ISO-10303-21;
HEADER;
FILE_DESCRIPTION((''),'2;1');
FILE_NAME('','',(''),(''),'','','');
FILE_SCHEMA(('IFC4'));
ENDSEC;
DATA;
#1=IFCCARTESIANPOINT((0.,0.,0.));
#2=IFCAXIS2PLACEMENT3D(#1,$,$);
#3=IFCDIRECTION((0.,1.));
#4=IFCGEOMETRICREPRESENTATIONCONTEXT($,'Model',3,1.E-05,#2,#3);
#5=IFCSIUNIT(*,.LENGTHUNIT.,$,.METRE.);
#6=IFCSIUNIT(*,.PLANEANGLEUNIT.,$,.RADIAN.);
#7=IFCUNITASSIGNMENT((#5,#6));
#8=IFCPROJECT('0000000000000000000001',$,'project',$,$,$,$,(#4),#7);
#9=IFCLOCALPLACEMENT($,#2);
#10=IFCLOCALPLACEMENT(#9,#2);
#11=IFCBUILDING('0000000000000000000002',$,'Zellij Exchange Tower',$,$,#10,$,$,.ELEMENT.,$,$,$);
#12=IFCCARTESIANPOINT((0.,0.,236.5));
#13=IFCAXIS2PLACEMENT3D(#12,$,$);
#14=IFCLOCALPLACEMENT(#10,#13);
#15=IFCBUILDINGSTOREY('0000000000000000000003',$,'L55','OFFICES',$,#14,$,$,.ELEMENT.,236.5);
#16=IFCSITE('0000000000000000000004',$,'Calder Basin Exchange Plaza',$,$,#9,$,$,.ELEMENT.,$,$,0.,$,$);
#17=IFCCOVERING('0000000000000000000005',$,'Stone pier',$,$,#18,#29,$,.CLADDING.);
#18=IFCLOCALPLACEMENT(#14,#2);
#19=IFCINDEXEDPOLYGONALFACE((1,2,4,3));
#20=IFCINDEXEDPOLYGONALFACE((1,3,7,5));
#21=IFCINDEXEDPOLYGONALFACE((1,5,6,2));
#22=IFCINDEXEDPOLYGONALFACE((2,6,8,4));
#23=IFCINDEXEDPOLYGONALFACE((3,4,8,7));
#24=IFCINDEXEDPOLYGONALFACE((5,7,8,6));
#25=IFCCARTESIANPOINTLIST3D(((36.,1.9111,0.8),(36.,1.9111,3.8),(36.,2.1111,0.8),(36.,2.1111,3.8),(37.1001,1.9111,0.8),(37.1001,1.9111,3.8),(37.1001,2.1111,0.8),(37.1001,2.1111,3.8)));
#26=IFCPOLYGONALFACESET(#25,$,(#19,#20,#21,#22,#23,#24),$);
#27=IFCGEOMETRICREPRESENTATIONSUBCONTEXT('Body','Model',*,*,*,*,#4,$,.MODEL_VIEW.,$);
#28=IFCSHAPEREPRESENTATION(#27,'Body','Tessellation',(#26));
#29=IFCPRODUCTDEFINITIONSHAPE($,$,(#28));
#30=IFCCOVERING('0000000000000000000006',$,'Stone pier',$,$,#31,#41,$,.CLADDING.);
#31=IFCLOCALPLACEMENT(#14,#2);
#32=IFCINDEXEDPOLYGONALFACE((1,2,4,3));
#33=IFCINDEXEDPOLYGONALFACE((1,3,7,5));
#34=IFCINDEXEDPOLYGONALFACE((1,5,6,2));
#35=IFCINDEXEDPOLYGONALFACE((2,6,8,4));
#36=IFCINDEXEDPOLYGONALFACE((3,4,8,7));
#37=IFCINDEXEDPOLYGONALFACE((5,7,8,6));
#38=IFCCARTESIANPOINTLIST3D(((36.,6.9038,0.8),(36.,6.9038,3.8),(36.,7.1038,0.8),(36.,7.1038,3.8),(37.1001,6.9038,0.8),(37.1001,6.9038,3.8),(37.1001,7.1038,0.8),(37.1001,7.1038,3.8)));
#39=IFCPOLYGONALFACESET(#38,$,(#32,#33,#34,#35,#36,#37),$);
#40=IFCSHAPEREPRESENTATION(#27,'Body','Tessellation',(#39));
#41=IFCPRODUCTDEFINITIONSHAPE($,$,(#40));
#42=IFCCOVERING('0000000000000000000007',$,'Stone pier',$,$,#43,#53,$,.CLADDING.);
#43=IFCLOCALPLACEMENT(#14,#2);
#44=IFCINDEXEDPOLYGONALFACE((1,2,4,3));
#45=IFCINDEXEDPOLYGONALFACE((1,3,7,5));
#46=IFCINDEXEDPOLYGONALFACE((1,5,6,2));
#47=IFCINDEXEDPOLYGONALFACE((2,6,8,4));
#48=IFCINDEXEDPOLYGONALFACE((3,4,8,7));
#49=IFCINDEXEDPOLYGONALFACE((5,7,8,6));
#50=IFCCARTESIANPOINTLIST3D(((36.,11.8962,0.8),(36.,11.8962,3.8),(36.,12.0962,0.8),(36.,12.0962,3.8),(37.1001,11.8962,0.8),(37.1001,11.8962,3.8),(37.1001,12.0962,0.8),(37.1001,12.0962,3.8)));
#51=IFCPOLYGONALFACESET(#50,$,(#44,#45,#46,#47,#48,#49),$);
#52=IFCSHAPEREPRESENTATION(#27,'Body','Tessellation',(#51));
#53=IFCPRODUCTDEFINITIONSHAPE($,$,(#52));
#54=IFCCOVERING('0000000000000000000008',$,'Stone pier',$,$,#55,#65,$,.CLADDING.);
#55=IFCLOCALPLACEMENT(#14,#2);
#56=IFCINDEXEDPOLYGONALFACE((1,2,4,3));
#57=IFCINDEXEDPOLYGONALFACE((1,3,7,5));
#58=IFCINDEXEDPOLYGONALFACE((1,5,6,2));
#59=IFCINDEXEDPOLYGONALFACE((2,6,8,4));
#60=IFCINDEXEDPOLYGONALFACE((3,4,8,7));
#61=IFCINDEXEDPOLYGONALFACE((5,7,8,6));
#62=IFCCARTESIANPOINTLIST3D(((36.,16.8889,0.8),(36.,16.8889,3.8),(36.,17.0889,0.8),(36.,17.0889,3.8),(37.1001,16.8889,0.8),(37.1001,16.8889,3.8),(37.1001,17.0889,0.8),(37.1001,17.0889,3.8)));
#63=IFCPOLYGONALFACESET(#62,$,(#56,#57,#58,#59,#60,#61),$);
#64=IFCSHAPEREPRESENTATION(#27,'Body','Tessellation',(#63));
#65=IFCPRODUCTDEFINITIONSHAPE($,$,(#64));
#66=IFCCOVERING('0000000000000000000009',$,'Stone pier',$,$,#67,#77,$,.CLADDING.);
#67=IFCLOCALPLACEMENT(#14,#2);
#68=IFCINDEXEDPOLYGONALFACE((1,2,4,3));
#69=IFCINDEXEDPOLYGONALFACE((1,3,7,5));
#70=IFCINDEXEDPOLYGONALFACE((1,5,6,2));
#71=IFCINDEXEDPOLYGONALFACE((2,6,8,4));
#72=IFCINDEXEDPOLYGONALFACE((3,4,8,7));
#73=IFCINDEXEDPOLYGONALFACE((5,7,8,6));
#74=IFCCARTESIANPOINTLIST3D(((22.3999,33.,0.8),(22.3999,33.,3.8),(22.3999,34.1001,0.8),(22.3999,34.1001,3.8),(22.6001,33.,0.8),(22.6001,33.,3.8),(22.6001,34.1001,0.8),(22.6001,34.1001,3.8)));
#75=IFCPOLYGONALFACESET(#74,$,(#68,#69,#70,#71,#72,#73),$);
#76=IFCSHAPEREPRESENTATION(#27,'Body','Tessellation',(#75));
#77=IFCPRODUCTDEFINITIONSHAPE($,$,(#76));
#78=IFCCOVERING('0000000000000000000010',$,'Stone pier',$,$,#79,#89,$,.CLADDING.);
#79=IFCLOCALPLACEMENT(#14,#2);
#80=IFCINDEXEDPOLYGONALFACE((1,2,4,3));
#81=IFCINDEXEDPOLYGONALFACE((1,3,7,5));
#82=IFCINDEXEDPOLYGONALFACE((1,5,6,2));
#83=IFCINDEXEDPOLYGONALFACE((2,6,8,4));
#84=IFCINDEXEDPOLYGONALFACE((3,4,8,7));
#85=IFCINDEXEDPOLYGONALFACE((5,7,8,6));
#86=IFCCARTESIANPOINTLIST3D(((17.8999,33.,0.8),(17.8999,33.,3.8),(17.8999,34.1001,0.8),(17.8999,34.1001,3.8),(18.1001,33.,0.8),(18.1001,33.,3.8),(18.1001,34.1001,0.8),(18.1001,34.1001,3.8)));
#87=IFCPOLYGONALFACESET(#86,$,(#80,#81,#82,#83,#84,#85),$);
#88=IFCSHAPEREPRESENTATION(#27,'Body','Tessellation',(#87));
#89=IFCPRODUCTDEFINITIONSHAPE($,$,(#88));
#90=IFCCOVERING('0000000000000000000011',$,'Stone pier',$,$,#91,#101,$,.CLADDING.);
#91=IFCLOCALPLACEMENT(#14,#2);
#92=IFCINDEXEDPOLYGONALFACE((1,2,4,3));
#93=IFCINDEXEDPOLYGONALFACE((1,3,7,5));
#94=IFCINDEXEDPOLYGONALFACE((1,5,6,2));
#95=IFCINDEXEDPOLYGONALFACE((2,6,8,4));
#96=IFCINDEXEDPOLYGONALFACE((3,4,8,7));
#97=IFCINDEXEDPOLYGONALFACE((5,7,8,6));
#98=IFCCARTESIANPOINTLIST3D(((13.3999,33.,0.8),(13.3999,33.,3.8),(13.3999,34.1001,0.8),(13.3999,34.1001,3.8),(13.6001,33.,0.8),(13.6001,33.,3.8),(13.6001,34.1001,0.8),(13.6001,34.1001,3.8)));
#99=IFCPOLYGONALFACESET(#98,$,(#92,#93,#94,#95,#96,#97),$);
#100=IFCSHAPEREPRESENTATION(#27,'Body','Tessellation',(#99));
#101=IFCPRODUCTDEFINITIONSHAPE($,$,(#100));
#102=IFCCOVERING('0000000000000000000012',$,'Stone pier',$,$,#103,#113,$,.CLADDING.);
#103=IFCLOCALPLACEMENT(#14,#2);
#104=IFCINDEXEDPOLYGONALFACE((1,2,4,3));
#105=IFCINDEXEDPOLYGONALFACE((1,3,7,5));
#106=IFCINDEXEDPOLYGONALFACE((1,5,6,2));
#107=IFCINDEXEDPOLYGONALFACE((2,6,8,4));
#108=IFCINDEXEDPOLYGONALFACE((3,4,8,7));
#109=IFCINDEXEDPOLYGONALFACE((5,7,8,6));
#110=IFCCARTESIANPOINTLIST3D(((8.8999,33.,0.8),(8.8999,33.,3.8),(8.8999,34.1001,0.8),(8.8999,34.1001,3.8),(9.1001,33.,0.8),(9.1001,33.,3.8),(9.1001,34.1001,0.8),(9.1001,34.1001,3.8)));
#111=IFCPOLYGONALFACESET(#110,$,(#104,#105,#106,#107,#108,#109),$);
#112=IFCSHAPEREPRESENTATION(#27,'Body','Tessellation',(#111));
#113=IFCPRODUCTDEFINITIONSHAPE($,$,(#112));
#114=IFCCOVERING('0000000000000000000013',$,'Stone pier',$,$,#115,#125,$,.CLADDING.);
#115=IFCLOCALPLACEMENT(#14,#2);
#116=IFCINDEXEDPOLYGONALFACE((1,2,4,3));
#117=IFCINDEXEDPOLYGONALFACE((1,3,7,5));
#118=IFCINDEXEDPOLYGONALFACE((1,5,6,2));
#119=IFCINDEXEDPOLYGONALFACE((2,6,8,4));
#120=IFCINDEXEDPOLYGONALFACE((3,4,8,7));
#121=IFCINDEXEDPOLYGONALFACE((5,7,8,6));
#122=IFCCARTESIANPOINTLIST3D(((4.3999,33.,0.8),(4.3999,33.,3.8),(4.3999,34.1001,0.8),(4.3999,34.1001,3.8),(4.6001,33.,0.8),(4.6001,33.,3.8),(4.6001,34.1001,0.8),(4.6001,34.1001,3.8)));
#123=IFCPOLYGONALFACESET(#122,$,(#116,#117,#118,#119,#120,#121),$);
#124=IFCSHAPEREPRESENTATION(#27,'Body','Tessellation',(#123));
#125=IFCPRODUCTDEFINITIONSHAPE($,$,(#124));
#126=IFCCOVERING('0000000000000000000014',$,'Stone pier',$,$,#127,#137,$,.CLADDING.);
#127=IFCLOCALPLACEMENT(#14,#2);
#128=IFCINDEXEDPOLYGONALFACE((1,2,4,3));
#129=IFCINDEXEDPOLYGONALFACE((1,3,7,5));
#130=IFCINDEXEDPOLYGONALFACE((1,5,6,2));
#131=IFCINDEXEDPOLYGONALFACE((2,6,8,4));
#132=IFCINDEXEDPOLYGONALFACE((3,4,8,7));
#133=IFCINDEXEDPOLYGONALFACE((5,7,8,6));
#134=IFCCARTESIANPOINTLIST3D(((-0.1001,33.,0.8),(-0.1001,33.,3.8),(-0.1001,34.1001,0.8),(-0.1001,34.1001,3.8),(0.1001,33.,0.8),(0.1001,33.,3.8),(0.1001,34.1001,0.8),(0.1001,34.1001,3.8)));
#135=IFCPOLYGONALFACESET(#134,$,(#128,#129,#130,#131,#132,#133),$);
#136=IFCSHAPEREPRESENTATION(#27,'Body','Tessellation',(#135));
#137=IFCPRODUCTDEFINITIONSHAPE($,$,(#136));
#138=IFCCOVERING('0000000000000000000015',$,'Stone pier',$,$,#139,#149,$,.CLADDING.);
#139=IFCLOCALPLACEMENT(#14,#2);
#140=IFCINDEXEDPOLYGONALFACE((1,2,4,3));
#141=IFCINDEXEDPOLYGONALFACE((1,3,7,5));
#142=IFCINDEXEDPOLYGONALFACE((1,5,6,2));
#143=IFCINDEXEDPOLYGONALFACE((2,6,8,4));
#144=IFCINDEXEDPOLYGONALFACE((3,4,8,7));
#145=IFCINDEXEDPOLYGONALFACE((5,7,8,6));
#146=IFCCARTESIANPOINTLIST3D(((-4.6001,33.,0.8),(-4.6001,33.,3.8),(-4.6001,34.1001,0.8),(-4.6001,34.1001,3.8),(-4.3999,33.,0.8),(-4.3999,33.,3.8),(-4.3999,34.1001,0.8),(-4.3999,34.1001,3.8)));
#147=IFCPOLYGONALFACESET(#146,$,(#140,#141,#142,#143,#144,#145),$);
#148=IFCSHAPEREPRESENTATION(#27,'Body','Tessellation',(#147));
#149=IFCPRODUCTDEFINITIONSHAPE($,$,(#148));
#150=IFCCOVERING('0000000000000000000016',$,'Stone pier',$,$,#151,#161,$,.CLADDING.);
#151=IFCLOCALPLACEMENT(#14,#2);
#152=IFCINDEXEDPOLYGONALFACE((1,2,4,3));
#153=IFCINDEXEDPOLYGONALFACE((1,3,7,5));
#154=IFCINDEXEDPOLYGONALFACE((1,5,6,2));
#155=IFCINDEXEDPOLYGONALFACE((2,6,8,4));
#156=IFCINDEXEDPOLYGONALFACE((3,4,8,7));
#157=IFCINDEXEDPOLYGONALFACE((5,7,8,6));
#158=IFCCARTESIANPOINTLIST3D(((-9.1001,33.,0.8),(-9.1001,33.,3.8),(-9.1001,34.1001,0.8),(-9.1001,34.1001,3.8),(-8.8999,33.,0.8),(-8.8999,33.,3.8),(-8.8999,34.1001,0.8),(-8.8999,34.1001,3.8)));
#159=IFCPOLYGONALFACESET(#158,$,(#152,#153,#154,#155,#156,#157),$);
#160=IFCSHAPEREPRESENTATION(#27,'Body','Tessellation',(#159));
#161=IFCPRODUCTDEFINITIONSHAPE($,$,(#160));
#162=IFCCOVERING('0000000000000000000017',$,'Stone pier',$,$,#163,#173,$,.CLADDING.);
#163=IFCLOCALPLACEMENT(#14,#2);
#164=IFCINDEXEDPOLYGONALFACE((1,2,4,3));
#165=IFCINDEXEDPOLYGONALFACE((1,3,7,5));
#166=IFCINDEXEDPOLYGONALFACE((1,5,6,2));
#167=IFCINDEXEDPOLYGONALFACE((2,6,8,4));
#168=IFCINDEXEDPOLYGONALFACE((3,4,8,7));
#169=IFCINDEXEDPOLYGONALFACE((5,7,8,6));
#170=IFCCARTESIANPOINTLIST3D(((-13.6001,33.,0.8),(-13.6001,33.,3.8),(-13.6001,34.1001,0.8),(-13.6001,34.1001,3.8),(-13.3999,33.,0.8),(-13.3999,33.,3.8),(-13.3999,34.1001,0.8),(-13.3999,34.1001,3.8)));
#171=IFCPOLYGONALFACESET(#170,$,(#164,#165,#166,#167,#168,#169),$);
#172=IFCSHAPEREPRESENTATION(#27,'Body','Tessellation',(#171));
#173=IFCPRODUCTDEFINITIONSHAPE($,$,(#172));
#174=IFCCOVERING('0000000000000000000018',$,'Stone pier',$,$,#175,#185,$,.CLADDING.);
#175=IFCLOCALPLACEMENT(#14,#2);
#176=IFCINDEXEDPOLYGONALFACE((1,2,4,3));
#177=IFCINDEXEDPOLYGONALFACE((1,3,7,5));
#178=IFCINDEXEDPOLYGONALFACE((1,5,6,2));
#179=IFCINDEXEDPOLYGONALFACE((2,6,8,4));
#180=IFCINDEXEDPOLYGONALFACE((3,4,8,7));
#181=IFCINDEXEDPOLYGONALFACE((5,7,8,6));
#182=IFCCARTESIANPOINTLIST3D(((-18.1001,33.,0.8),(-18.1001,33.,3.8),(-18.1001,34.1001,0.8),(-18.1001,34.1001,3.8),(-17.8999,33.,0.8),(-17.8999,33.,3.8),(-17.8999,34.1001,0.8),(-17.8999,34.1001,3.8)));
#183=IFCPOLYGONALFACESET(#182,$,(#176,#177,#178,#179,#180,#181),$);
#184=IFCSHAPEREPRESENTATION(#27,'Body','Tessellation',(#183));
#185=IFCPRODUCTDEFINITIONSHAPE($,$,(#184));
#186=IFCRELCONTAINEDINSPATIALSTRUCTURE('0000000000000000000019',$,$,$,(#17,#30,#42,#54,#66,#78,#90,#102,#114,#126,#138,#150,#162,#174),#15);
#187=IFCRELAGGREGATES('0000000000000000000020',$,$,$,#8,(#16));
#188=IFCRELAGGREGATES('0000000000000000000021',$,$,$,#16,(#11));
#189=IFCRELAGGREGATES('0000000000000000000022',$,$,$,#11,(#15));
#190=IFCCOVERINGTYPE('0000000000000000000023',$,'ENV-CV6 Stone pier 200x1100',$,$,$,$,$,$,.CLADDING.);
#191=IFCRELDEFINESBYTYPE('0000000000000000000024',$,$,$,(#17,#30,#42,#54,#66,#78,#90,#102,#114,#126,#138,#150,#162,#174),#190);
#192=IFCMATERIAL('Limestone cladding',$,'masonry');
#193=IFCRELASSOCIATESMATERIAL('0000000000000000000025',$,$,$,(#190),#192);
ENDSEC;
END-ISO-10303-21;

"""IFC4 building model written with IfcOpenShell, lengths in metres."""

from ifc_helpers import new_model, si_unit, direction, frame, origin, place, context, subcontext, project, spatial, polyline, outline, extrude, material, type_object, element, save


model = new_model("IFC4")

# Units and contexts
model_context = context("Model", 3, precision=1e-05, world=origin(), true_north=direction((0.0, 1.0)))
body_context = subcontext(model_context, "Body", "Model", "MODEL_VIEW")
ifc_project = project(units=[si_unit("LENGTHUNIT", "METRE"), si_unit("PLANEANGLEUNIT", "RADIAN")], contexts=[model_context])

# Site, building, storey
site_placement = place(None, origin())
site = spatial("IfcSite", under=ifc_project, at=site_placement, Name="Calder Basin Exchange Plaza", CompositionType="ELEMENT", RefElevation=0.0)
building_placement = place(site_placement, origin())
building = spatial("IfcBuilding", under=site, at=building_placement, Name="Zellij Exchange Tower", CompositionType="ELEMENT")
storey_placement = place(building_placement, frame((0.0, 0.0, 236.5)))
storey = spatial("IfcBuildingStorey", under=building, at=storey_placement, Name="L55", Description="OFFICES", CompositionType="ELEMENT", Elevation=236.5)

# Coverings
ifc_material_1 = material(Name="Limestone cladding", Category="masonry")
covering_type = type_object("IfcCoveringType", Name="ENV-CV6 Stone pier 200x1100", PredefinedType="CLADDING", material=ifc_material_1)
covering_1_placement = place(storey_placement, frame((0.0, 0.0, 0.8)))
element("IfcCovering", 1, at=covering_1_placement, inside=storey, type_object=covering_type, Name="Stone pier", PredefinedType="CLADDING", context=body_context, shape_type="SweptSolid", body=[
    extrude(outline(polyline([(36.0, 1.9111), (36.0, 2.1111), (37.1001, 2.1111), (37.1001, 1.9111), (36.0, 1.9111)])), origin(), (0.0, 0.0, 1.0), 3.0),
])
covering_2_placement = place(storey_placement, frame((0.0, 0.0, 0.8)))
element("IfcCovering", 2, at=covering_2_placement, inside=storey, type_object=covering_type, Name="Stone pier", PredefinedType="CLADDING", context=body_context, shape_type="SweptSolid", body=[
    extrude(outline(polyline([(36.0, 6.9038), (36.0, 7.1038), (37.1001, 7.1038), (37.1001, 6.9038), (36.0, 6.9038)])), origin(), (0.0, 0.0, 1.0), 3.0),
])
covering_3_placement = place(storey_placement, frame((0.0, 0.0, 0.8)))
element("IfcCovering", 3, at=covering_3_placement, inside=storey, type_object=covering_type, Name="Stone pier", PredefinedType="CLADDING", context=body_context, shape_type="SweptSolid", body=[
    extrude(outline(polyline([(36.0, 11.8962), (36.0, 12.0962), (37.1001, 12.0962), (37.1001, 11.8962), (36.0, 11.8962)])), origin(), (0.0, 0.0, 1.0), 3.0),
])
covering_4_placement = place(storey_placement, frame((0.0, 0.0, 0.8)))
element("IfcCovering", 4, at=covering_4_placement, inside=storey, type_object=covering_type, Name="Stone pier", PredefinedType="CLADDING", context=body_context, shape_type="SweptSolid", body=[
    extrude(outline(polyline([(36.0, 16.8889), (36.0, 17.0889), (37.1001, 17.0889), (37.1001, 16.8889), (36.0, 16.8889)])), origin(), (0.0, 0.0, 1.0), 3.0),
])
covering_5_placement = place(storey_placement, frame((0.0, 0.0, 0.8)))
element("IfcCovering", 5, at=covering_5_placement, inside=storey, type_object=covering_type, Name="Stone pier", PredefinedType="CLADDING", context=body_context, shape_type="SweptSolid", body=[
    extrude(outline(polyline([(22.6001, 33.0), (22.3999, 33.0), (22.3999, 34.1001), (22.6001, 34.1001), (22.6001, 33.0)])), origin(), (0.0, 0.0, 1.0), 3.0),
])
covering_6_placement = place(storey_placement, frame((0.0, 0.0, 0.8)))
element("IfcCovering", 6, at=covering_6_placement, inside=storey, type_object=covering_type, Name="Stone pier", PredefinedType="CLADDING", context=body_context, shape_type="SweptSolid", body=[
    extrude(outline(polyline([(18.1001, 33.0), (17.8999, 33.0), (17.8999, 34.1001), (18.1001, 34.1001), (18.1001, 33.0)])), origin(), (0.0, 0.0, 1.0), 3.0),
])
covering_7_placement = place(storey_placement, frame((0.0, 0.0, 0.8)))
element("IfcCovering", 7, at=covering_7_placement, inside=storey, type_object=covering_type, Name="Stone pier", PredefinedType="CLADDING", context=body_context, shape_type="SweptSolid", body=[
    extrude(outline(polyline([(13.6001, 33.0), (13.3999, 33.0), (13.3999, 34.1001), (13.6001, 34.1001), (13.6001, 33.0)])), origin(), (0.0, 0.0, 1.0), 3.0),
])
covering_8_placement = place(storey_placement, frame((0.0, 0.0, 0.8)))
element("IfcCovering", 8, at=covering_8_placement, inside=storey, type_object=covering_type, Name="Stone pier", PredefinedType="CLADDING", context=body_context, shape_type="SweptSolid", body=[
    extrude(outline(polyline([(9.1001, 33.0), (8.8999, 33.0), (8.8999, 34.1001), (9.1001, 34.1001), (9.1001, 33.0)])), origin(), (0.0, 0.0, 1.0), 3.0),
])
covering_9_placement = place(storey_placement, frame((0.0, 0.0, 0.8)))
element("IfcCovering", 9, at=covering_9_placement, inside=storey, type_object=covering_type, Name="Stone pier", PredefinedType="CLADDING", context=body_context, shape_type="SweptSolid", body=[
    extrude(outline(polyline([(4.6001, 33.0), (4.3999, 33.0), (4.3999, 34.1001), (4.6001, 34.1001), (4.6001, 33.0)])), origin(), (0.0, 0.0, 1.0), 3.0),
])
covering_10_placement = place(storey_placement, frame((0.0, 0.0, 0.8)))
element("IfcCovering", 10, at=covering_10_placement, inside=storey, type_object=covering_type, Name="Stone pier", PredefinedType="CLADDING", context=body_context, shape_type="SweptSolid", body=[
    extrude(outline(polyline([(0.1001, 33.0), (-0.1001, 33.0), (-0.1001, 34.1001), (0.1001, 34.1001), (0.1001, 33.0)])), origin(), (0.0, 0.0, 1.0), 3.0),
])
covering_11_placement = place(storey_placement, frame((0.0, 0.0, 0.8)))
element("IfcCovering", 11, at=covering_11_placement, inside=storey, type_object=covering_type, Name="Stone pier", PredefinedType="CLADDING", context=body_context, shape_type="SweptSolid", body=[
    extrude(outline(polyline([(-4.3999, 33.0), (-4.6001, 33.0), (-4.6001, 34.1001), (-4.3999, 34.1001), (-4.3999, 33.0)])), origin(), (0.0, 0.0, 1.0), 3.0),
])
covering_12_placement = place(storey_placement, frame((0.0, 0.0, 0.8)))
element("IfcCovering", 12, at=covering_12_placement, inside=storey, type_object=covering_type, Name="Stone pier", PredefinedType="CLADDING", context=body_context, shape_type="SweptSolid", body=[
    extrude(outline(polyline([(-8.8999, 33.0), (-9.1001, 33.0), (-9.1001, 34.1001), (-8.8999, 34.1001), (-8.8999, 33.0)])), origin(), (0.0, 0.0, 1.0), 3.0),
])
covering_13_placement = place(storey_placement, frame((0.0, 0.0, 0.8)))
element("IfcCovering", 13, at=covering_13_placement, inside=storey, type_object=covering_type, Name="Stone pier", PredefinedType="CLADDING", context=body_context, shape_type="SweptSolid", body=[
    extrude(outline(polyline([(-13.3999, 33.0), (-13.6001, 33.0), (-13.6001, 34.1001), (-13.3999, 34.1001), (-13.3999, 33.0)])), origin(), (0.0, 0.0, 1.0), 3.0),
])
covering_14_placement = place(storey_placement, frame((0.0, 0.0, 0.8)))
element("IfcCovering", 14, at=covering_14_placement, inside=storey, type_object=covering_type, Name="Stone pier", PredefinedType="CLADDING", context=body_context, shape_type="SweptSolid", body=[
    extrude(outline(polyline([(-17.8999, 33.0), (-18.1001, 33.0), (-18.1001, 34.1001), (-17.8999, 34.1001), (-17.8999, 33.0)])), origin(), (0.0, 0.0, 1.0), 3.0),
])

save(model, "model.ifc")
